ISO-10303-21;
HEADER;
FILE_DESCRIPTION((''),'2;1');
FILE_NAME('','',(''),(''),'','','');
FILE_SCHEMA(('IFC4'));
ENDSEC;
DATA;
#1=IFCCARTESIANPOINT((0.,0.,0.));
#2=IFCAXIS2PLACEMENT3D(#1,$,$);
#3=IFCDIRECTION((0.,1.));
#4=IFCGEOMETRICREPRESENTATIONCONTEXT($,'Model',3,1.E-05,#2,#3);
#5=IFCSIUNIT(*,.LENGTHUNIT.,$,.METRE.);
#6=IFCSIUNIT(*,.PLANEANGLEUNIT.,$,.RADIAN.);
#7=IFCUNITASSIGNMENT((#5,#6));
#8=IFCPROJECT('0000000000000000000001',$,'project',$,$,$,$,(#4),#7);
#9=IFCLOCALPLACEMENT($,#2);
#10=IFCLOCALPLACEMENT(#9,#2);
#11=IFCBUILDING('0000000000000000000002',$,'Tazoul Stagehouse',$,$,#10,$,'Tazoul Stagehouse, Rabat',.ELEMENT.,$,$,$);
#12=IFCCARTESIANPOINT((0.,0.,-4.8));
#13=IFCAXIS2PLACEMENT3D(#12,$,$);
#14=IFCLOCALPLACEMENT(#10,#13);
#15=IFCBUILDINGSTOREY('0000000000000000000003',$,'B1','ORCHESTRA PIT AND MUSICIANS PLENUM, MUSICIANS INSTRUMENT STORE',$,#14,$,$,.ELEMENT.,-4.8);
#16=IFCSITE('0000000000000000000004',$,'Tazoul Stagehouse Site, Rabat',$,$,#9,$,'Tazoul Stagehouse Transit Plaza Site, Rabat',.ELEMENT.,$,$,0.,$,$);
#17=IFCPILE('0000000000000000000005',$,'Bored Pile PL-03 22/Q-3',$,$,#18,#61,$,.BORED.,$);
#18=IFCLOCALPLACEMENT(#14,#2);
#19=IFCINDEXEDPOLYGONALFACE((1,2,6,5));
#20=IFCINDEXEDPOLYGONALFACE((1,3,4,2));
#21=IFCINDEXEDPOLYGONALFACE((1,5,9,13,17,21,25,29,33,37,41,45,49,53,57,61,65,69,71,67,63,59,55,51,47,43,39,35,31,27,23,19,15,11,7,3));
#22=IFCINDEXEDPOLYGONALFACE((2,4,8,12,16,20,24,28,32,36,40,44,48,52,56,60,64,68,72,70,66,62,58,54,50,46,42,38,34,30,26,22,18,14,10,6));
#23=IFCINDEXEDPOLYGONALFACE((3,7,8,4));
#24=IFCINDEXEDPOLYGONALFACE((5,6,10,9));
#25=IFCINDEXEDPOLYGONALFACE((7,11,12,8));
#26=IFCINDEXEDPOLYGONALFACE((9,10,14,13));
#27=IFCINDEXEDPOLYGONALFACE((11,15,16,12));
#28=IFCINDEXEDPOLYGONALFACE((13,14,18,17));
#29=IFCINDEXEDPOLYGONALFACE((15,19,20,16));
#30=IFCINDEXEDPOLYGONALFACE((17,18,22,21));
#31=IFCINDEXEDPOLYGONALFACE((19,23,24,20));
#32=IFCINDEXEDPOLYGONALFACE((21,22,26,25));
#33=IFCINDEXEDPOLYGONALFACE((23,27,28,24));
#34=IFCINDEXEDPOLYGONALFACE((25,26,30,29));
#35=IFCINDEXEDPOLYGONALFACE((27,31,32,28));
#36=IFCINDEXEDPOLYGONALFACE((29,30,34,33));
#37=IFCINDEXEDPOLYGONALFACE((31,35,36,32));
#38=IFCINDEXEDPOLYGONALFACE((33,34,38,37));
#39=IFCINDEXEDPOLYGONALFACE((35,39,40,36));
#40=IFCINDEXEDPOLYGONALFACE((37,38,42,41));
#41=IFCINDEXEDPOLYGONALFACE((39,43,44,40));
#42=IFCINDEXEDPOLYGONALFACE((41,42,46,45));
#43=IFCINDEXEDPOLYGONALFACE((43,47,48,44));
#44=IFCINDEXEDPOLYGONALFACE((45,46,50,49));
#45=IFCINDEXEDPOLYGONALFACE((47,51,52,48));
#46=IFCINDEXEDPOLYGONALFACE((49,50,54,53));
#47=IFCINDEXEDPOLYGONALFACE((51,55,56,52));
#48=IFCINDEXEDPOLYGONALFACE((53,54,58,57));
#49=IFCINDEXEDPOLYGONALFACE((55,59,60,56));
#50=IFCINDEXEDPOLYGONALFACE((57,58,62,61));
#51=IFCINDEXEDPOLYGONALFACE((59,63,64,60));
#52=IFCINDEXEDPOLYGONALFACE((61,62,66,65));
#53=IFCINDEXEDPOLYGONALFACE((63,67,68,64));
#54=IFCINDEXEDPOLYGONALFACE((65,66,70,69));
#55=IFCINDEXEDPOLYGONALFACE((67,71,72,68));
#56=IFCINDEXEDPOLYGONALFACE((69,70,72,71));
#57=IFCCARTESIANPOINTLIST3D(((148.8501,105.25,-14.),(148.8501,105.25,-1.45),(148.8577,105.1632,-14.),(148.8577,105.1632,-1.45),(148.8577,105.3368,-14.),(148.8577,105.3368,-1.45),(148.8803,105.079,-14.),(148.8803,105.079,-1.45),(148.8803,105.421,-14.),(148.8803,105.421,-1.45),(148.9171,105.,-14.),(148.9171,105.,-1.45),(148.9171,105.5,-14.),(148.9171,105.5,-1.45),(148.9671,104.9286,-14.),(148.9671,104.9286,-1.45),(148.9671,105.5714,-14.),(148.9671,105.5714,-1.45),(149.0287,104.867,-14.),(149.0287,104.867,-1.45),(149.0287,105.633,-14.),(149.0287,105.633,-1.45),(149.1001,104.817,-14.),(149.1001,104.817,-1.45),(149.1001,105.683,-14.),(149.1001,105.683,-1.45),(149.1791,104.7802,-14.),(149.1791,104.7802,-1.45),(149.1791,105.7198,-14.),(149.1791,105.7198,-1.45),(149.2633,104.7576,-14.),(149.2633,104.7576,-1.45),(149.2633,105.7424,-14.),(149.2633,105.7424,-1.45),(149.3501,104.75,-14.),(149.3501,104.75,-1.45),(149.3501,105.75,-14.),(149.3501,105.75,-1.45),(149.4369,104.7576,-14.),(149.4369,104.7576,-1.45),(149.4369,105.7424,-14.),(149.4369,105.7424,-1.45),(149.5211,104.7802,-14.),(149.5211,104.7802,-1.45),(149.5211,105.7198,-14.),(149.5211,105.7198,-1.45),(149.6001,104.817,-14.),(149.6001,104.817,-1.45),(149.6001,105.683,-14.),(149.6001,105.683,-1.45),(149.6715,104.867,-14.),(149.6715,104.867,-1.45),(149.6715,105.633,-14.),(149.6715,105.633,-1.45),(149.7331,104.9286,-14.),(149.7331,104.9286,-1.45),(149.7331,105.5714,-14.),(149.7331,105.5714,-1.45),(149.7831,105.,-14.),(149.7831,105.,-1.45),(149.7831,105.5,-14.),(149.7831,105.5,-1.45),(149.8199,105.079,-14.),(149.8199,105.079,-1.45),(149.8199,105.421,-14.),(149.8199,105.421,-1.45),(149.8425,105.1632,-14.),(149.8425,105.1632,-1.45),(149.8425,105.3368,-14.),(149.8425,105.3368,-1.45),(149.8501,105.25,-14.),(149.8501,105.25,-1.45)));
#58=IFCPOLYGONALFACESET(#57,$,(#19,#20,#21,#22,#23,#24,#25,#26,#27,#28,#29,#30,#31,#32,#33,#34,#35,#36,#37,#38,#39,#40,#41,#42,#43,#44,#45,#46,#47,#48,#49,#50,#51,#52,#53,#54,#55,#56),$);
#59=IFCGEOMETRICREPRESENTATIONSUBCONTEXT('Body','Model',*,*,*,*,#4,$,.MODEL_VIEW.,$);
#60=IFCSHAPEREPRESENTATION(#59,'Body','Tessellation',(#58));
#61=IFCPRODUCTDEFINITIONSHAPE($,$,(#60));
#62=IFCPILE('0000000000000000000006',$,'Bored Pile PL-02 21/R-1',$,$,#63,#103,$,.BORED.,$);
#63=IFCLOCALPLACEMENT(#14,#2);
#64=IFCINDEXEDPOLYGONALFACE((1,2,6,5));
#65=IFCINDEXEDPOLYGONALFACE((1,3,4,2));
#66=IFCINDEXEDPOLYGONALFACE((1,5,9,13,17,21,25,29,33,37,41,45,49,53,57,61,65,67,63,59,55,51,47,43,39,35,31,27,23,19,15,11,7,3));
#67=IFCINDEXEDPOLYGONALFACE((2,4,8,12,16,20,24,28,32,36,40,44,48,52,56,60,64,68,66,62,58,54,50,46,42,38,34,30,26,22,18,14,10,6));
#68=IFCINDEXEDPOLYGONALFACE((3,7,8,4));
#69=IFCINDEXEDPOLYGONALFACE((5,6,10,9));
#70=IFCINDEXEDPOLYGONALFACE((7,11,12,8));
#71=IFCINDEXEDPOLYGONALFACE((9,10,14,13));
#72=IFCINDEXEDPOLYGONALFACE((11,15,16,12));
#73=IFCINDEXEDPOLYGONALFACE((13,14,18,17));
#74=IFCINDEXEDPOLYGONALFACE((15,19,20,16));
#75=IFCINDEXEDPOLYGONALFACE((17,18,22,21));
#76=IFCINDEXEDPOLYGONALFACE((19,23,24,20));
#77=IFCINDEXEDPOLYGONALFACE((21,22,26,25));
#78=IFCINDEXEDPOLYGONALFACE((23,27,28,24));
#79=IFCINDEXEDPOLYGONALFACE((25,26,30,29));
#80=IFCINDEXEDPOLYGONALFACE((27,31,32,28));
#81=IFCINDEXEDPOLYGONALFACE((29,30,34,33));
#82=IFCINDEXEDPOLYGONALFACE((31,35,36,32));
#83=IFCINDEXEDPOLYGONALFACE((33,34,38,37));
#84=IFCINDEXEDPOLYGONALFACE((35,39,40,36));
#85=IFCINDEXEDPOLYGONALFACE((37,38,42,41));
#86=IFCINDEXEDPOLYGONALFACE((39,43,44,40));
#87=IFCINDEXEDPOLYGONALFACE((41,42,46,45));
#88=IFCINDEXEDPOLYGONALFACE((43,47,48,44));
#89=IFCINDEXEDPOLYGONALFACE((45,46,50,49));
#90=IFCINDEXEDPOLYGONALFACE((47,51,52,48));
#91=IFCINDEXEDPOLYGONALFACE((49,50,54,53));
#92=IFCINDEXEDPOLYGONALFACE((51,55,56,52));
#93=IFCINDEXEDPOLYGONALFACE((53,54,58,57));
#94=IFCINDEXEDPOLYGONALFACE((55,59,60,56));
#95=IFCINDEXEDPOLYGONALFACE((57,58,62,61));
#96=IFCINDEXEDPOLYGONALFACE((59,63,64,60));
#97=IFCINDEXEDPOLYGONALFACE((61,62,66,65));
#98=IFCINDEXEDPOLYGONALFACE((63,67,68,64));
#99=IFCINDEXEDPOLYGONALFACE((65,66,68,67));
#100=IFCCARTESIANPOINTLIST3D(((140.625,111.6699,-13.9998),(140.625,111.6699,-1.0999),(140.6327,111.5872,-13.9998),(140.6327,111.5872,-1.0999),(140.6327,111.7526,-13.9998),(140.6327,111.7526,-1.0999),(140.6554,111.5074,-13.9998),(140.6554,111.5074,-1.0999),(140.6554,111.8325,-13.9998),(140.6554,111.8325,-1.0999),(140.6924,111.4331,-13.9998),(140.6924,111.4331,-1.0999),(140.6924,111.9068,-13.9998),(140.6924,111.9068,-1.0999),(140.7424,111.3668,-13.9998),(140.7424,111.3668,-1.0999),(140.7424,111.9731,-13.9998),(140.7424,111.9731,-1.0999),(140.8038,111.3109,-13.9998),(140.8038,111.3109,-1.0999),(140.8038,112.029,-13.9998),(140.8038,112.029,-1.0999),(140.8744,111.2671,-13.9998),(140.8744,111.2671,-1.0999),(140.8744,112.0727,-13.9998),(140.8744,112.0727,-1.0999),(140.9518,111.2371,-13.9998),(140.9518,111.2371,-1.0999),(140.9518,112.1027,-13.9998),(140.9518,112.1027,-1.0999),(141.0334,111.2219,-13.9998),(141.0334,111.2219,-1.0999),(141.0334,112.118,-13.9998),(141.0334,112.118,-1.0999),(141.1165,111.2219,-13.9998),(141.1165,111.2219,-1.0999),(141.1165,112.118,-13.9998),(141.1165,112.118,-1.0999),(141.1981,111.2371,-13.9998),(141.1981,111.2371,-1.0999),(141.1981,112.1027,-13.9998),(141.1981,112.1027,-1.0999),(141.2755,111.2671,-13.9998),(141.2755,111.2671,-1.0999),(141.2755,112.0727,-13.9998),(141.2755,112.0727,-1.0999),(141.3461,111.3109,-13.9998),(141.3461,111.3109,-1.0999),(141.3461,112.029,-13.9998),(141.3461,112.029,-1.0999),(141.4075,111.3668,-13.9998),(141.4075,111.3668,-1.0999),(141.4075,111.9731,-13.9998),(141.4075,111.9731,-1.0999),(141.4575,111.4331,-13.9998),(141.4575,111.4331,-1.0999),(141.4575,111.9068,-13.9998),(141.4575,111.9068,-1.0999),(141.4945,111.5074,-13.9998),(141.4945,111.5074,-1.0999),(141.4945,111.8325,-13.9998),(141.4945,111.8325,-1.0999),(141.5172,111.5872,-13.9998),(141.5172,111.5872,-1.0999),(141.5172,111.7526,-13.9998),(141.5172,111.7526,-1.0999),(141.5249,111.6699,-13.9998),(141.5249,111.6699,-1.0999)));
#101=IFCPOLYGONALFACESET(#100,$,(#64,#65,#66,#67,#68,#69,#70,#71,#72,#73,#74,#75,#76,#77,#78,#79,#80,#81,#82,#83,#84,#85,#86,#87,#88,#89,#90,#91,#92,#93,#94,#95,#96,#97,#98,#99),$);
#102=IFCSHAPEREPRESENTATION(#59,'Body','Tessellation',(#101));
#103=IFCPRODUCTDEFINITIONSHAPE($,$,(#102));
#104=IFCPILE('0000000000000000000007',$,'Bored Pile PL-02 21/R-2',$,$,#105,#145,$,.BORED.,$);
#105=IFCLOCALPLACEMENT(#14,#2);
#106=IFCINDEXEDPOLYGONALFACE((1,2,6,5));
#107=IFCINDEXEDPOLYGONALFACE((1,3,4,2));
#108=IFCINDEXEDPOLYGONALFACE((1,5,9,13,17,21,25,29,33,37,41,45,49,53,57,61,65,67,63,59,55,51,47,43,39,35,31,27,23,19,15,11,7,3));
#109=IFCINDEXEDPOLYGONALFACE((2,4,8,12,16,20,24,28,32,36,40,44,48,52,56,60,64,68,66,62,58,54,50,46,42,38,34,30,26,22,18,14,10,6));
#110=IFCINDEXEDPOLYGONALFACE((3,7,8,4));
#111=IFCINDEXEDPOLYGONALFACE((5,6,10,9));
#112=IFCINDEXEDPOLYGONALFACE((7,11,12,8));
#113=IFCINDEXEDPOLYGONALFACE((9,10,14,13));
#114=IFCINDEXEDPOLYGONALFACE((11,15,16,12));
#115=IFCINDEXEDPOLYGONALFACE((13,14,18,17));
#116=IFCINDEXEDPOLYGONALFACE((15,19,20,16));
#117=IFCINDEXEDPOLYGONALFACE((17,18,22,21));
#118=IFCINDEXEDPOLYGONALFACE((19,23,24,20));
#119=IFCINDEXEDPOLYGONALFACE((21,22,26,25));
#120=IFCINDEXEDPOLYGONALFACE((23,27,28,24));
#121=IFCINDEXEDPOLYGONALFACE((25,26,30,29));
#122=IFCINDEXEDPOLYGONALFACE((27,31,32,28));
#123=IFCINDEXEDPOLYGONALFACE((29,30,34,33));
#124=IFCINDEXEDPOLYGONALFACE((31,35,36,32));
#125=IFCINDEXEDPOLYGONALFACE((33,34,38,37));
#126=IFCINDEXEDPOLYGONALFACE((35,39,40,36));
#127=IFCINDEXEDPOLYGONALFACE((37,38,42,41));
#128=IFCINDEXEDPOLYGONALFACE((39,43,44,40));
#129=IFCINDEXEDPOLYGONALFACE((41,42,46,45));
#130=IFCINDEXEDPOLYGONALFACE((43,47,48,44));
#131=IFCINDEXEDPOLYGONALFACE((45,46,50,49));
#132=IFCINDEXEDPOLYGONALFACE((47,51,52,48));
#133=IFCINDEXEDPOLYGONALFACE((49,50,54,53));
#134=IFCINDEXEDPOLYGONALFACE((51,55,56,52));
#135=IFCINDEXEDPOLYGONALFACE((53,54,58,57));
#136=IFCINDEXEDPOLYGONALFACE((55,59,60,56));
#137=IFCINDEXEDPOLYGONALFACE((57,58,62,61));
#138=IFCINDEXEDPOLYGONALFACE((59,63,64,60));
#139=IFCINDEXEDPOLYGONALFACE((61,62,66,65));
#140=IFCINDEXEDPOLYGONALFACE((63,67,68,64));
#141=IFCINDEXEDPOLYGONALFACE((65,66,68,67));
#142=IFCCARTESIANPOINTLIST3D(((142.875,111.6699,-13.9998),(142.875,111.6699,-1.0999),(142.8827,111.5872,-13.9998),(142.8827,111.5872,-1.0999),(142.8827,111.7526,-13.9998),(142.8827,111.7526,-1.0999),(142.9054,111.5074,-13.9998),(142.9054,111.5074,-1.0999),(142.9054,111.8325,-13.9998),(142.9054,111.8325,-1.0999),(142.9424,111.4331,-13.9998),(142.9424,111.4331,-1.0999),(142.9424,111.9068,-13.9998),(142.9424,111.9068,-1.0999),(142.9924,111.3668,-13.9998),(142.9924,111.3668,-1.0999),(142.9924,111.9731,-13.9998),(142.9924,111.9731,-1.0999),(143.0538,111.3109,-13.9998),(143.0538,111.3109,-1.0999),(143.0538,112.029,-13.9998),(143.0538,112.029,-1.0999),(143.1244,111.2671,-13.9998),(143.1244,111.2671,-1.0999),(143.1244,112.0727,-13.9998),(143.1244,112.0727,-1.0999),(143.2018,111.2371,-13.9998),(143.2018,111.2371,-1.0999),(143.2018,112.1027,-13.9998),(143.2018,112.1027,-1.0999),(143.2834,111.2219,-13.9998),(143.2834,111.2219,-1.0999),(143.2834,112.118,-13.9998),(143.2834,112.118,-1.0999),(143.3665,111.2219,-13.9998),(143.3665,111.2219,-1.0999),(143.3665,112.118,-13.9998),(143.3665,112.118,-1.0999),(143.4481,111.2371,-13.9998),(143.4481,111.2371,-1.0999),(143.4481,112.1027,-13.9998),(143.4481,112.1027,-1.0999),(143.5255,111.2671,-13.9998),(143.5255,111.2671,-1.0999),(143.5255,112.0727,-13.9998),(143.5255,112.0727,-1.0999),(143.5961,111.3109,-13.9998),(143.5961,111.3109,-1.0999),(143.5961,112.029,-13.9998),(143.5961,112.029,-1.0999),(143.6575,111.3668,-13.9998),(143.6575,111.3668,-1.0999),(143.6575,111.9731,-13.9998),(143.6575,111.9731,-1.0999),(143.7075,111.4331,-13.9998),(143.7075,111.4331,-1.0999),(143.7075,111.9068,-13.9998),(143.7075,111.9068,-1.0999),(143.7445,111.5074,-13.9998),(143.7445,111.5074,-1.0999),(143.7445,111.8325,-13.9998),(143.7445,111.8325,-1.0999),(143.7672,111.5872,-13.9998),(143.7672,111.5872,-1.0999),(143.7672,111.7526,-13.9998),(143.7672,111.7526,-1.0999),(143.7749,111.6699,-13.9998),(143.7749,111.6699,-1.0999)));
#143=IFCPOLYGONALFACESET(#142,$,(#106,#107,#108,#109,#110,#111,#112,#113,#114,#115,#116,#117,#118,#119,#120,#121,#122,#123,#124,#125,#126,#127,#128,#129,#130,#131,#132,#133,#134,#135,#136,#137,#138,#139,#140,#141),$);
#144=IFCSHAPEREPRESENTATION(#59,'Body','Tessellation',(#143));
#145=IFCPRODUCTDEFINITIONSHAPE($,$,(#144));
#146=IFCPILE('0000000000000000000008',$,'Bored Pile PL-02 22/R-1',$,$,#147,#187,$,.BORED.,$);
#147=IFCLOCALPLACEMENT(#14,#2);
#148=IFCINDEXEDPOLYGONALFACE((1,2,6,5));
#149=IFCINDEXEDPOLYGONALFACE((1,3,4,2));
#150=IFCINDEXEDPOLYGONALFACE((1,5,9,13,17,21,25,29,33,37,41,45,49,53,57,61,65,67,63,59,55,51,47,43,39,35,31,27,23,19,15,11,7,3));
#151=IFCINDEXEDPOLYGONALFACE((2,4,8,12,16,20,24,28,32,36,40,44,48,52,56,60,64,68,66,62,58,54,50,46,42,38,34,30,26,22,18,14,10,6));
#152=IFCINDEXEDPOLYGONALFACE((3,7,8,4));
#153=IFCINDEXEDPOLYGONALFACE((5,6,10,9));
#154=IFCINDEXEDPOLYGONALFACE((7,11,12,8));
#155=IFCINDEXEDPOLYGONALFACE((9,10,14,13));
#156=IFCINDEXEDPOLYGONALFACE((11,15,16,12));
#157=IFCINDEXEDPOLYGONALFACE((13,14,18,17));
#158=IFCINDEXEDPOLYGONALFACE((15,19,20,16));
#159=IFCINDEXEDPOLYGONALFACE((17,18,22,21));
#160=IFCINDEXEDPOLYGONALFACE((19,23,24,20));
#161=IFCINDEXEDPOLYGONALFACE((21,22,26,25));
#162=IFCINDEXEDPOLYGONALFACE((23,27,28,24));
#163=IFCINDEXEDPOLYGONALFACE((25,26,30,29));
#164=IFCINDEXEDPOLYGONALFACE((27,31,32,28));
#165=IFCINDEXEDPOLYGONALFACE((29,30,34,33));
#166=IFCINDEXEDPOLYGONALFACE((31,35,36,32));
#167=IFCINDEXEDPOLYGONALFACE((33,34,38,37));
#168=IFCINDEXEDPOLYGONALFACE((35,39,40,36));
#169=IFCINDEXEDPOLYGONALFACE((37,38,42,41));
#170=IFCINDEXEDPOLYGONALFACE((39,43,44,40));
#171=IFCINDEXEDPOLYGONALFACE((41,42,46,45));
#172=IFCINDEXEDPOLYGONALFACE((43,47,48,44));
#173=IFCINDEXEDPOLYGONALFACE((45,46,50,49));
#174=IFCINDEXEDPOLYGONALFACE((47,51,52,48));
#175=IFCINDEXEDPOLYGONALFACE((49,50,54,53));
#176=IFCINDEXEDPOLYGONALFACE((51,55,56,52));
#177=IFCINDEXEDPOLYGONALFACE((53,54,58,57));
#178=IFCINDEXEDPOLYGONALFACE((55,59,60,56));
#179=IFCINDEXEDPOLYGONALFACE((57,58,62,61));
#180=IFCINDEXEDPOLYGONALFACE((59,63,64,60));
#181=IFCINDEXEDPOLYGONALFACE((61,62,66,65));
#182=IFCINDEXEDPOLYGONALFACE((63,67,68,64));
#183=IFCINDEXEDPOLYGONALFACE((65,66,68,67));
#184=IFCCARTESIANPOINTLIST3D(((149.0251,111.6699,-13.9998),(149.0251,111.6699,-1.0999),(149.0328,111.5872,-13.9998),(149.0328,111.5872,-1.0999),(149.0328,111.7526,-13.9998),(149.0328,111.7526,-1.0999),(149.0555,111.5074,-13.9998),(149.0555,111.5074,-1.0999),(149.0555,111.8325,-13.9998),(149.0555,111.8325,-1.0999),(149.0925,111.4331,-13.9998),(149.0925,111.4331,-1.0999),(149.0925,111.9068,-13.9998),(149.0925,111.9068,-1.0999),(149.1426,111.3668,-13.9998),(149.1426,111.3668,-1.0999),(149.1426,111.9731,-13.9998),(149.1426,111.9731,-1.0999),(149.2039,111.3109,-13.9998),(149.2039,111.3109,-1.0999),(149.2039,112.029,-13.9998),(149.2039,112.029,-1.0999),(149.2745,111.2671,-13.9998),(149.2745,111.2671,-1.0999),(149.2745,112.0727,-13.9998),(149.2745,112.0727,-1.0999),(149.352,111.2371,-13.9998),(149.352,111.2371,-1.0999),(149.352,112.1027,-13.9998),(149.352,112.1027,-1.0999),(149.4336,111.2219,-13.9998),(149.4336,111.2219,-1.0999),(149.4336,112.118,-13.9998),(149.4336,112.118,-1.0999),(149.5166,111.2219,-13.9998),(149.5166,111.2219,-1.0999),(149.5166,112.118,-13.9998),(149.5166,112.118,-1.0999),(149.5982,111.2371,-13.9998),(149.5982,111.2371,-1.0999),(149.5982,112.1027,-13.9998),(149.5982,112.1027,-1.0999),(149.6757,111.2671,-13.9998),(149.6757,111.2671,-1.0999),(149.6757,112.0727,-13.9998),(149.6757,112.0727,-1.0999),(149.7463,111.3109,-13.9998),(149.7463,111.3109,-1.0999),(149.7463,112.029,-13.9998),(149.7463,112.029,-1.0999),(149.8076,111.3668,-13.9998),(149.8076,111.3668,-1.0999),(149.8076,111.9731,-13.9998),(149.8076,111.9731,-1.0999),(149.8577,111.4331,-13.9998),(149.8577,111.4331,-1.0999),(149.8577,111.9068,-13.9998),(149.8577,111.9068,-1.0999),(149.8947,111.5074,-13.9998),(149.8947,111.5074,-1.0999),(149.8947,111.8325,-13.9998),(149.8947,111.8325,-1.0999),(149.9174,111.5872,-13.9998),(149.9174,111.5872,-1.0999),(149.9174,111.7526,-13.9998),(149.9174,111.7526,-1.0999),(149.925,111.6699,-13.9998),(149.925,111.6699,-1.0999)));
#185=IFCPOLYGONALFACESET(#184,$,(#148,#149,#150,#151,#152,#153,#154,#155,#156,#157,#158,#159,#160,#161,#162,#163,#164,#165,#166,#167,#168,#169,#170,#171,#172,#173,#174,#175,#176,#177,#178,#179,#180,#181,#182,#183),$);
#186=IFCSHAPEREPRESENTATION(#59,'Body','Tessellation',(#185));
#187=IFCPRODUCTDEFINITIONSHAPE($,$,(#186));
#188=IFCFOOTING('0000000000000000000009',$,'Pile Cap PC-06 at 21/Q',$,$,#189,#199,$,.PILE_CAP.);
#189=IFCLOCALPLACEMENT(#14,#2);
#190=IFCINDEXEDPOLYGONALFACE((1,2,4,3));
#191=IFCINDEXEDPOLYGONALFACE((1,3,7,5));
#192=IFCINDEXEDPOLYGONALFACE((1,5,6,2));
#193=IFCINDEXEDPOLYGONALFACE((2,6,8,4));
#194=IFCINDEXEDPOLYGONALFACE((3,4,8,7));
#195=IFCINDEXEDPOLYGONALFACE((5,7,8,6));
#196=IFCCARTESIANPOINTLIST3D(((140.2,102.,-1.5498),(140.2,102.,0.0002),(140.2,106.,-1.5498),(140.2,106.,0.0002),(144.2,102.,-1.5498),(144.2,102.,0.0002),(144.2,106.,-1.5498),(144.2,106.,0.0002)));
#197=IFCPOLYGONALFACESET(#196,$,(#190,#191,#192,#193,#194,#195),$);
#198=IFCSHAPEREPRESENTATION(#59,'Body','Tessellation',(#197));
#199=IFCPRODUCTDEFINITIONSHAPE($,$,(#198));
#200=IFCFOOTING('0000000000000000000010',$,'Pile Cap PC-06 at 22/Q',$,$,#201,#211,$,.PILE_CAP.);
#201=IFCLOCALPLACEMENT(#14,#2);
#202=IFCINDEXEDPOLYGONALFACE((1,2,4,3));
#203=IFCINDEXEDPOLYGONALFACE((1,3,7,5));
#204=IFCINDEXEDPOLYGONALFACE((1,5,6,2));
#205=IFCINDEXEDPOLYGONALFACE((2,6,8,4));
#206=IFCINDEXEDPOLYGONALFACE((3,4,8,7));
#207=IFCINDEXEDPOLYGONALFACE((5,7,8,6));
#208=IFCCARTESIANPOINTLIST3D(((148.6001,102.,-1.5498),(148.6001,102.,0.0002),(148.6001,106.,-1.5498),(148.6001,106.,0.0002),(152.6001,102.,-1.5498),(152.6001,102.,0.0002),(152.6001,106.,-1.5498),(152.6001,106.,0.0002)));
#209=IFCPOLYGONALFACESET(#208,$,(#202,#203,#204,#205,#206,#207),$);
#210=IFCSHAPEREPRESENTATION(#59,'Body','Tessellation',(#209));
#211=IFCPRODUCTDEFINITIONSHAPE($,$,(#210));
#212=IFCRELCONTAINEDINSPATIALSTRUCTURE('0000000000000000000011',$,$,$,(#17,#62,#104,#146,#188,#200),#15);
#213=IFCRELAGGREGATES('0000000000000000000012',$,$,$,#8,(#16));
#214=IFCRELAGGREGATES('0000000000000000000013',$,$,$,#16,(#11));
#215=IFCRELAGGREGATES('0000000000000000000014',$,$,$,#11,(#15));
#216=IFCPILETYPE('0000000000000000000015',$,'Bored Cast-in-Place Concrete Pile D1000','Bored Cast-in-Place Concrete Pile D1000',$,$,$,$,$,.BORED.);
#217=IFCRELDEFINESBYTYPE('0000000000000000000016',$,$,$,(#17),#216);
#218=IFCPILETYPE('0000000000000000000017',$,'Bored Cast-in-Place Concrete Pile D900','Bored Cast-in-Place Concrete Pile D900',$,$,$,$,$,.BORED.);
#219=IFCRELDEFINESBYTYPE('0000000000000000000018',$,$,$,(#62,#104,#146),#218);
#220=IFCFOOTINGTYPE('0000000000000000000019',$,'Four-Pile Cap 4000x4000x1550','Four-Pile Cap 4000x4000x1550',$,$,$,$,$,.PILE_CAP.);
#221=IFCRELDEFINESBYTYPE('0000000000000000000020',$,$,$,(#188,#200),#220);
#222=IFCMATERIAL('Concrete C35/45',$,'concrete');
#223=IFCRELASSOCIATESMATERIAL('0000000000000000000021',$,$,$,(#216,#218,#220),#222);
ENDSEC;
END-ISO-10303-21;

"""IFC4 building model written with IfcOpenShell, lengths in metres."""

from ifc_helpers import new_model, si_unit, direction, frame, origin, origin_2d, place, context, subcontext, project, spatial, rectangle, circle, extrude, material, material_profile, profile_set, type_object, element, save


model = new_model("IFC4")

# Units and contexts
model_context = context("Model", 3, precision=1e-05, world=origin(), true_north=direction((0.0, 1.0)))
body_context = subcontext(model_context, "Body", "Model", "MODEL_VIEW")
ifc_project = project(units=[si_unit("LENGTHUNIT", "METRE"), si_unit("PLANEANGLEUNIT", "RADIAN")], contexts=[model_context])

# Site, building, storey
site_placement = place(None, origin())
site = spatial("IfcSite", under=ifc_project, at=site_placement, Name="Tazoul Stagehouse Site, Rabat", LongName="Tazoul Stagehouse Transit Plaza Site, Rabat", CompositionType="ELEMENT", RefElevation=0.0)
building_placement = place(site_placement, origin())
building = spatial("IfcBuilding", under=site, at=building_placement, Name="Tazoul Stagehouse", LongName="Tazoul Stagehouse, Rabat", CompositionType="ELEMENT")
storey_placement = place(building_placement, frame((0.0, 0.0, -4.8)))
storey = spatial("IfcBuildingStorey", under=building, at=storey_placement, Name="B1", Description="ORCHESTRA PIT AND MUSICIANS PLENUM, MUSICIANS INSTRUMENT STORE", CompositionType="ELEMENT", Elevation=-4.8)

# Piles
ifc_material_1 = material(Name="Concrete C35/45", Category="concrete")
ifc_material_profile_1 = material_profile(ifc_material_1, circle(Radius=0.5, at=origin_2d()), Name="BORED PILE 1000")
ifc_profile_set_1 = profile_set([ifc_material_profile_1], Name="Concrete C35/45")
pile_type_1 = type_object("IfcPileType", Name="Bored Cast-in-Place Concrete Pile D1000", Description="Bored Cast-in-Place Concrete Pile D1000", PredefinedType="BORED", material=ifc_profile_set_1)
for number, where, z_axis, x_axis, name in (
    (1, (149.3501, 105.25, -1.45), (0.0, 0.0, -1.0), (1.0, 0.0, 0.0), "Bored Pile PL-03 22/Q-3"),
):
    element("IfcPile", number, at=place(storey_placement, frame(where, z_axis=z_axis, x_axis=x_axis)), inside=storey, type_object=pile_type_1, Name=name, PredefinedType="BORED", context=body_context, shape_type="SweptSolid", body=[
        extrude(circle(Radius=0.5, at=origin_2d()), origin(), (0.0, 0.0, 1.0), 12.55),
    ])
ifc_material_profile_2 = material_profile(ifc_material_1, circle(Radius=0.45, at=origin_2d()), Name="BORED PILE 900")
ifc_profile_set_2 = profile_set([ifc_material_profile_2], Name="Concrete C35/45")
pile_type_2 = type_object("IfcPileType", Name="Bored Cast-in-Place Concrete Pile D900", Description="Bored Cast-in-Place Concrete Pile D900", PredefinedType="BORED", material=ifc_profile_set_2)
for number, where, z_axis, x_axis, name in (
    (2, (141.075, 111.6699, -1.0999), (0.0, 0.0, -1.0), (1.0, 0.0, 0.0), "Bored Pile PL-02 21/R-1"),
    (3, (143.325, 111.6699, -1.0999), (0.0, 0.0, -1.0), (1.0, 0.0, 0.0), "Bored Pile PL-02 21/R-2"),
    (4, (149.4751, 111.6699, -1.0999), (0.0, 0.0, -1.0), (1.0, 0.0, 0.0), "Bored Pile PL-02 22/R-1"),
):
    element("IfcPile", number, at=place(storey_placement, frame(where, z_axis=z_axis, x_axis=x_axis)), inside=storey, type_object=pile_type_2, Name=name, PredefinedType="BORED", context=body_context, shape_type="SweptSolid", body=[
        extrude(circle(Radius=0.45, at=origin_2d()), origin(), (0.0, 0.0, 1.0), 12.8999),
    ])

# Footings
footing_type_1 = type_object("IfcFootingType", Name="Four-Pile Cap 4000x4000x1550", Description="Four-Pile Cap 4000x4000x1550", PredefinedType="PILE_CAP", material=ifc_material_1)
for number, where, z_axis, x_axis, name in (
    (5, (142.2, 104.0, -1.5498), (0.0, 0.0, 1.0), (1.0, 0.0, 0.0), "Pile Cap PC-06 at 21/Q"),
    (6, (150.6001, 104.0, -1.5498), (0.0, 0.0, 1.0), (1.0, 0.0, 0.0), "Pile Cap PC-06 at 22/Q"),
):
    element("IfcFooting", number, at=place(storey_placement, frame(where, z_axis=z_axis, x_axis=x_axis)), inside=storey, type_object=footing_type_1, Name=name, PredefinedType="PILE_CAP", context=body_context, shape_type="SweptSolid", body=[
        extrude(rectangle(XDim=4.0, YDim=4.0, at=origin_2d()), origin(), (0.0, 0.0, 1.0), 1.55),
    ])

save(model, "model.ifc")
